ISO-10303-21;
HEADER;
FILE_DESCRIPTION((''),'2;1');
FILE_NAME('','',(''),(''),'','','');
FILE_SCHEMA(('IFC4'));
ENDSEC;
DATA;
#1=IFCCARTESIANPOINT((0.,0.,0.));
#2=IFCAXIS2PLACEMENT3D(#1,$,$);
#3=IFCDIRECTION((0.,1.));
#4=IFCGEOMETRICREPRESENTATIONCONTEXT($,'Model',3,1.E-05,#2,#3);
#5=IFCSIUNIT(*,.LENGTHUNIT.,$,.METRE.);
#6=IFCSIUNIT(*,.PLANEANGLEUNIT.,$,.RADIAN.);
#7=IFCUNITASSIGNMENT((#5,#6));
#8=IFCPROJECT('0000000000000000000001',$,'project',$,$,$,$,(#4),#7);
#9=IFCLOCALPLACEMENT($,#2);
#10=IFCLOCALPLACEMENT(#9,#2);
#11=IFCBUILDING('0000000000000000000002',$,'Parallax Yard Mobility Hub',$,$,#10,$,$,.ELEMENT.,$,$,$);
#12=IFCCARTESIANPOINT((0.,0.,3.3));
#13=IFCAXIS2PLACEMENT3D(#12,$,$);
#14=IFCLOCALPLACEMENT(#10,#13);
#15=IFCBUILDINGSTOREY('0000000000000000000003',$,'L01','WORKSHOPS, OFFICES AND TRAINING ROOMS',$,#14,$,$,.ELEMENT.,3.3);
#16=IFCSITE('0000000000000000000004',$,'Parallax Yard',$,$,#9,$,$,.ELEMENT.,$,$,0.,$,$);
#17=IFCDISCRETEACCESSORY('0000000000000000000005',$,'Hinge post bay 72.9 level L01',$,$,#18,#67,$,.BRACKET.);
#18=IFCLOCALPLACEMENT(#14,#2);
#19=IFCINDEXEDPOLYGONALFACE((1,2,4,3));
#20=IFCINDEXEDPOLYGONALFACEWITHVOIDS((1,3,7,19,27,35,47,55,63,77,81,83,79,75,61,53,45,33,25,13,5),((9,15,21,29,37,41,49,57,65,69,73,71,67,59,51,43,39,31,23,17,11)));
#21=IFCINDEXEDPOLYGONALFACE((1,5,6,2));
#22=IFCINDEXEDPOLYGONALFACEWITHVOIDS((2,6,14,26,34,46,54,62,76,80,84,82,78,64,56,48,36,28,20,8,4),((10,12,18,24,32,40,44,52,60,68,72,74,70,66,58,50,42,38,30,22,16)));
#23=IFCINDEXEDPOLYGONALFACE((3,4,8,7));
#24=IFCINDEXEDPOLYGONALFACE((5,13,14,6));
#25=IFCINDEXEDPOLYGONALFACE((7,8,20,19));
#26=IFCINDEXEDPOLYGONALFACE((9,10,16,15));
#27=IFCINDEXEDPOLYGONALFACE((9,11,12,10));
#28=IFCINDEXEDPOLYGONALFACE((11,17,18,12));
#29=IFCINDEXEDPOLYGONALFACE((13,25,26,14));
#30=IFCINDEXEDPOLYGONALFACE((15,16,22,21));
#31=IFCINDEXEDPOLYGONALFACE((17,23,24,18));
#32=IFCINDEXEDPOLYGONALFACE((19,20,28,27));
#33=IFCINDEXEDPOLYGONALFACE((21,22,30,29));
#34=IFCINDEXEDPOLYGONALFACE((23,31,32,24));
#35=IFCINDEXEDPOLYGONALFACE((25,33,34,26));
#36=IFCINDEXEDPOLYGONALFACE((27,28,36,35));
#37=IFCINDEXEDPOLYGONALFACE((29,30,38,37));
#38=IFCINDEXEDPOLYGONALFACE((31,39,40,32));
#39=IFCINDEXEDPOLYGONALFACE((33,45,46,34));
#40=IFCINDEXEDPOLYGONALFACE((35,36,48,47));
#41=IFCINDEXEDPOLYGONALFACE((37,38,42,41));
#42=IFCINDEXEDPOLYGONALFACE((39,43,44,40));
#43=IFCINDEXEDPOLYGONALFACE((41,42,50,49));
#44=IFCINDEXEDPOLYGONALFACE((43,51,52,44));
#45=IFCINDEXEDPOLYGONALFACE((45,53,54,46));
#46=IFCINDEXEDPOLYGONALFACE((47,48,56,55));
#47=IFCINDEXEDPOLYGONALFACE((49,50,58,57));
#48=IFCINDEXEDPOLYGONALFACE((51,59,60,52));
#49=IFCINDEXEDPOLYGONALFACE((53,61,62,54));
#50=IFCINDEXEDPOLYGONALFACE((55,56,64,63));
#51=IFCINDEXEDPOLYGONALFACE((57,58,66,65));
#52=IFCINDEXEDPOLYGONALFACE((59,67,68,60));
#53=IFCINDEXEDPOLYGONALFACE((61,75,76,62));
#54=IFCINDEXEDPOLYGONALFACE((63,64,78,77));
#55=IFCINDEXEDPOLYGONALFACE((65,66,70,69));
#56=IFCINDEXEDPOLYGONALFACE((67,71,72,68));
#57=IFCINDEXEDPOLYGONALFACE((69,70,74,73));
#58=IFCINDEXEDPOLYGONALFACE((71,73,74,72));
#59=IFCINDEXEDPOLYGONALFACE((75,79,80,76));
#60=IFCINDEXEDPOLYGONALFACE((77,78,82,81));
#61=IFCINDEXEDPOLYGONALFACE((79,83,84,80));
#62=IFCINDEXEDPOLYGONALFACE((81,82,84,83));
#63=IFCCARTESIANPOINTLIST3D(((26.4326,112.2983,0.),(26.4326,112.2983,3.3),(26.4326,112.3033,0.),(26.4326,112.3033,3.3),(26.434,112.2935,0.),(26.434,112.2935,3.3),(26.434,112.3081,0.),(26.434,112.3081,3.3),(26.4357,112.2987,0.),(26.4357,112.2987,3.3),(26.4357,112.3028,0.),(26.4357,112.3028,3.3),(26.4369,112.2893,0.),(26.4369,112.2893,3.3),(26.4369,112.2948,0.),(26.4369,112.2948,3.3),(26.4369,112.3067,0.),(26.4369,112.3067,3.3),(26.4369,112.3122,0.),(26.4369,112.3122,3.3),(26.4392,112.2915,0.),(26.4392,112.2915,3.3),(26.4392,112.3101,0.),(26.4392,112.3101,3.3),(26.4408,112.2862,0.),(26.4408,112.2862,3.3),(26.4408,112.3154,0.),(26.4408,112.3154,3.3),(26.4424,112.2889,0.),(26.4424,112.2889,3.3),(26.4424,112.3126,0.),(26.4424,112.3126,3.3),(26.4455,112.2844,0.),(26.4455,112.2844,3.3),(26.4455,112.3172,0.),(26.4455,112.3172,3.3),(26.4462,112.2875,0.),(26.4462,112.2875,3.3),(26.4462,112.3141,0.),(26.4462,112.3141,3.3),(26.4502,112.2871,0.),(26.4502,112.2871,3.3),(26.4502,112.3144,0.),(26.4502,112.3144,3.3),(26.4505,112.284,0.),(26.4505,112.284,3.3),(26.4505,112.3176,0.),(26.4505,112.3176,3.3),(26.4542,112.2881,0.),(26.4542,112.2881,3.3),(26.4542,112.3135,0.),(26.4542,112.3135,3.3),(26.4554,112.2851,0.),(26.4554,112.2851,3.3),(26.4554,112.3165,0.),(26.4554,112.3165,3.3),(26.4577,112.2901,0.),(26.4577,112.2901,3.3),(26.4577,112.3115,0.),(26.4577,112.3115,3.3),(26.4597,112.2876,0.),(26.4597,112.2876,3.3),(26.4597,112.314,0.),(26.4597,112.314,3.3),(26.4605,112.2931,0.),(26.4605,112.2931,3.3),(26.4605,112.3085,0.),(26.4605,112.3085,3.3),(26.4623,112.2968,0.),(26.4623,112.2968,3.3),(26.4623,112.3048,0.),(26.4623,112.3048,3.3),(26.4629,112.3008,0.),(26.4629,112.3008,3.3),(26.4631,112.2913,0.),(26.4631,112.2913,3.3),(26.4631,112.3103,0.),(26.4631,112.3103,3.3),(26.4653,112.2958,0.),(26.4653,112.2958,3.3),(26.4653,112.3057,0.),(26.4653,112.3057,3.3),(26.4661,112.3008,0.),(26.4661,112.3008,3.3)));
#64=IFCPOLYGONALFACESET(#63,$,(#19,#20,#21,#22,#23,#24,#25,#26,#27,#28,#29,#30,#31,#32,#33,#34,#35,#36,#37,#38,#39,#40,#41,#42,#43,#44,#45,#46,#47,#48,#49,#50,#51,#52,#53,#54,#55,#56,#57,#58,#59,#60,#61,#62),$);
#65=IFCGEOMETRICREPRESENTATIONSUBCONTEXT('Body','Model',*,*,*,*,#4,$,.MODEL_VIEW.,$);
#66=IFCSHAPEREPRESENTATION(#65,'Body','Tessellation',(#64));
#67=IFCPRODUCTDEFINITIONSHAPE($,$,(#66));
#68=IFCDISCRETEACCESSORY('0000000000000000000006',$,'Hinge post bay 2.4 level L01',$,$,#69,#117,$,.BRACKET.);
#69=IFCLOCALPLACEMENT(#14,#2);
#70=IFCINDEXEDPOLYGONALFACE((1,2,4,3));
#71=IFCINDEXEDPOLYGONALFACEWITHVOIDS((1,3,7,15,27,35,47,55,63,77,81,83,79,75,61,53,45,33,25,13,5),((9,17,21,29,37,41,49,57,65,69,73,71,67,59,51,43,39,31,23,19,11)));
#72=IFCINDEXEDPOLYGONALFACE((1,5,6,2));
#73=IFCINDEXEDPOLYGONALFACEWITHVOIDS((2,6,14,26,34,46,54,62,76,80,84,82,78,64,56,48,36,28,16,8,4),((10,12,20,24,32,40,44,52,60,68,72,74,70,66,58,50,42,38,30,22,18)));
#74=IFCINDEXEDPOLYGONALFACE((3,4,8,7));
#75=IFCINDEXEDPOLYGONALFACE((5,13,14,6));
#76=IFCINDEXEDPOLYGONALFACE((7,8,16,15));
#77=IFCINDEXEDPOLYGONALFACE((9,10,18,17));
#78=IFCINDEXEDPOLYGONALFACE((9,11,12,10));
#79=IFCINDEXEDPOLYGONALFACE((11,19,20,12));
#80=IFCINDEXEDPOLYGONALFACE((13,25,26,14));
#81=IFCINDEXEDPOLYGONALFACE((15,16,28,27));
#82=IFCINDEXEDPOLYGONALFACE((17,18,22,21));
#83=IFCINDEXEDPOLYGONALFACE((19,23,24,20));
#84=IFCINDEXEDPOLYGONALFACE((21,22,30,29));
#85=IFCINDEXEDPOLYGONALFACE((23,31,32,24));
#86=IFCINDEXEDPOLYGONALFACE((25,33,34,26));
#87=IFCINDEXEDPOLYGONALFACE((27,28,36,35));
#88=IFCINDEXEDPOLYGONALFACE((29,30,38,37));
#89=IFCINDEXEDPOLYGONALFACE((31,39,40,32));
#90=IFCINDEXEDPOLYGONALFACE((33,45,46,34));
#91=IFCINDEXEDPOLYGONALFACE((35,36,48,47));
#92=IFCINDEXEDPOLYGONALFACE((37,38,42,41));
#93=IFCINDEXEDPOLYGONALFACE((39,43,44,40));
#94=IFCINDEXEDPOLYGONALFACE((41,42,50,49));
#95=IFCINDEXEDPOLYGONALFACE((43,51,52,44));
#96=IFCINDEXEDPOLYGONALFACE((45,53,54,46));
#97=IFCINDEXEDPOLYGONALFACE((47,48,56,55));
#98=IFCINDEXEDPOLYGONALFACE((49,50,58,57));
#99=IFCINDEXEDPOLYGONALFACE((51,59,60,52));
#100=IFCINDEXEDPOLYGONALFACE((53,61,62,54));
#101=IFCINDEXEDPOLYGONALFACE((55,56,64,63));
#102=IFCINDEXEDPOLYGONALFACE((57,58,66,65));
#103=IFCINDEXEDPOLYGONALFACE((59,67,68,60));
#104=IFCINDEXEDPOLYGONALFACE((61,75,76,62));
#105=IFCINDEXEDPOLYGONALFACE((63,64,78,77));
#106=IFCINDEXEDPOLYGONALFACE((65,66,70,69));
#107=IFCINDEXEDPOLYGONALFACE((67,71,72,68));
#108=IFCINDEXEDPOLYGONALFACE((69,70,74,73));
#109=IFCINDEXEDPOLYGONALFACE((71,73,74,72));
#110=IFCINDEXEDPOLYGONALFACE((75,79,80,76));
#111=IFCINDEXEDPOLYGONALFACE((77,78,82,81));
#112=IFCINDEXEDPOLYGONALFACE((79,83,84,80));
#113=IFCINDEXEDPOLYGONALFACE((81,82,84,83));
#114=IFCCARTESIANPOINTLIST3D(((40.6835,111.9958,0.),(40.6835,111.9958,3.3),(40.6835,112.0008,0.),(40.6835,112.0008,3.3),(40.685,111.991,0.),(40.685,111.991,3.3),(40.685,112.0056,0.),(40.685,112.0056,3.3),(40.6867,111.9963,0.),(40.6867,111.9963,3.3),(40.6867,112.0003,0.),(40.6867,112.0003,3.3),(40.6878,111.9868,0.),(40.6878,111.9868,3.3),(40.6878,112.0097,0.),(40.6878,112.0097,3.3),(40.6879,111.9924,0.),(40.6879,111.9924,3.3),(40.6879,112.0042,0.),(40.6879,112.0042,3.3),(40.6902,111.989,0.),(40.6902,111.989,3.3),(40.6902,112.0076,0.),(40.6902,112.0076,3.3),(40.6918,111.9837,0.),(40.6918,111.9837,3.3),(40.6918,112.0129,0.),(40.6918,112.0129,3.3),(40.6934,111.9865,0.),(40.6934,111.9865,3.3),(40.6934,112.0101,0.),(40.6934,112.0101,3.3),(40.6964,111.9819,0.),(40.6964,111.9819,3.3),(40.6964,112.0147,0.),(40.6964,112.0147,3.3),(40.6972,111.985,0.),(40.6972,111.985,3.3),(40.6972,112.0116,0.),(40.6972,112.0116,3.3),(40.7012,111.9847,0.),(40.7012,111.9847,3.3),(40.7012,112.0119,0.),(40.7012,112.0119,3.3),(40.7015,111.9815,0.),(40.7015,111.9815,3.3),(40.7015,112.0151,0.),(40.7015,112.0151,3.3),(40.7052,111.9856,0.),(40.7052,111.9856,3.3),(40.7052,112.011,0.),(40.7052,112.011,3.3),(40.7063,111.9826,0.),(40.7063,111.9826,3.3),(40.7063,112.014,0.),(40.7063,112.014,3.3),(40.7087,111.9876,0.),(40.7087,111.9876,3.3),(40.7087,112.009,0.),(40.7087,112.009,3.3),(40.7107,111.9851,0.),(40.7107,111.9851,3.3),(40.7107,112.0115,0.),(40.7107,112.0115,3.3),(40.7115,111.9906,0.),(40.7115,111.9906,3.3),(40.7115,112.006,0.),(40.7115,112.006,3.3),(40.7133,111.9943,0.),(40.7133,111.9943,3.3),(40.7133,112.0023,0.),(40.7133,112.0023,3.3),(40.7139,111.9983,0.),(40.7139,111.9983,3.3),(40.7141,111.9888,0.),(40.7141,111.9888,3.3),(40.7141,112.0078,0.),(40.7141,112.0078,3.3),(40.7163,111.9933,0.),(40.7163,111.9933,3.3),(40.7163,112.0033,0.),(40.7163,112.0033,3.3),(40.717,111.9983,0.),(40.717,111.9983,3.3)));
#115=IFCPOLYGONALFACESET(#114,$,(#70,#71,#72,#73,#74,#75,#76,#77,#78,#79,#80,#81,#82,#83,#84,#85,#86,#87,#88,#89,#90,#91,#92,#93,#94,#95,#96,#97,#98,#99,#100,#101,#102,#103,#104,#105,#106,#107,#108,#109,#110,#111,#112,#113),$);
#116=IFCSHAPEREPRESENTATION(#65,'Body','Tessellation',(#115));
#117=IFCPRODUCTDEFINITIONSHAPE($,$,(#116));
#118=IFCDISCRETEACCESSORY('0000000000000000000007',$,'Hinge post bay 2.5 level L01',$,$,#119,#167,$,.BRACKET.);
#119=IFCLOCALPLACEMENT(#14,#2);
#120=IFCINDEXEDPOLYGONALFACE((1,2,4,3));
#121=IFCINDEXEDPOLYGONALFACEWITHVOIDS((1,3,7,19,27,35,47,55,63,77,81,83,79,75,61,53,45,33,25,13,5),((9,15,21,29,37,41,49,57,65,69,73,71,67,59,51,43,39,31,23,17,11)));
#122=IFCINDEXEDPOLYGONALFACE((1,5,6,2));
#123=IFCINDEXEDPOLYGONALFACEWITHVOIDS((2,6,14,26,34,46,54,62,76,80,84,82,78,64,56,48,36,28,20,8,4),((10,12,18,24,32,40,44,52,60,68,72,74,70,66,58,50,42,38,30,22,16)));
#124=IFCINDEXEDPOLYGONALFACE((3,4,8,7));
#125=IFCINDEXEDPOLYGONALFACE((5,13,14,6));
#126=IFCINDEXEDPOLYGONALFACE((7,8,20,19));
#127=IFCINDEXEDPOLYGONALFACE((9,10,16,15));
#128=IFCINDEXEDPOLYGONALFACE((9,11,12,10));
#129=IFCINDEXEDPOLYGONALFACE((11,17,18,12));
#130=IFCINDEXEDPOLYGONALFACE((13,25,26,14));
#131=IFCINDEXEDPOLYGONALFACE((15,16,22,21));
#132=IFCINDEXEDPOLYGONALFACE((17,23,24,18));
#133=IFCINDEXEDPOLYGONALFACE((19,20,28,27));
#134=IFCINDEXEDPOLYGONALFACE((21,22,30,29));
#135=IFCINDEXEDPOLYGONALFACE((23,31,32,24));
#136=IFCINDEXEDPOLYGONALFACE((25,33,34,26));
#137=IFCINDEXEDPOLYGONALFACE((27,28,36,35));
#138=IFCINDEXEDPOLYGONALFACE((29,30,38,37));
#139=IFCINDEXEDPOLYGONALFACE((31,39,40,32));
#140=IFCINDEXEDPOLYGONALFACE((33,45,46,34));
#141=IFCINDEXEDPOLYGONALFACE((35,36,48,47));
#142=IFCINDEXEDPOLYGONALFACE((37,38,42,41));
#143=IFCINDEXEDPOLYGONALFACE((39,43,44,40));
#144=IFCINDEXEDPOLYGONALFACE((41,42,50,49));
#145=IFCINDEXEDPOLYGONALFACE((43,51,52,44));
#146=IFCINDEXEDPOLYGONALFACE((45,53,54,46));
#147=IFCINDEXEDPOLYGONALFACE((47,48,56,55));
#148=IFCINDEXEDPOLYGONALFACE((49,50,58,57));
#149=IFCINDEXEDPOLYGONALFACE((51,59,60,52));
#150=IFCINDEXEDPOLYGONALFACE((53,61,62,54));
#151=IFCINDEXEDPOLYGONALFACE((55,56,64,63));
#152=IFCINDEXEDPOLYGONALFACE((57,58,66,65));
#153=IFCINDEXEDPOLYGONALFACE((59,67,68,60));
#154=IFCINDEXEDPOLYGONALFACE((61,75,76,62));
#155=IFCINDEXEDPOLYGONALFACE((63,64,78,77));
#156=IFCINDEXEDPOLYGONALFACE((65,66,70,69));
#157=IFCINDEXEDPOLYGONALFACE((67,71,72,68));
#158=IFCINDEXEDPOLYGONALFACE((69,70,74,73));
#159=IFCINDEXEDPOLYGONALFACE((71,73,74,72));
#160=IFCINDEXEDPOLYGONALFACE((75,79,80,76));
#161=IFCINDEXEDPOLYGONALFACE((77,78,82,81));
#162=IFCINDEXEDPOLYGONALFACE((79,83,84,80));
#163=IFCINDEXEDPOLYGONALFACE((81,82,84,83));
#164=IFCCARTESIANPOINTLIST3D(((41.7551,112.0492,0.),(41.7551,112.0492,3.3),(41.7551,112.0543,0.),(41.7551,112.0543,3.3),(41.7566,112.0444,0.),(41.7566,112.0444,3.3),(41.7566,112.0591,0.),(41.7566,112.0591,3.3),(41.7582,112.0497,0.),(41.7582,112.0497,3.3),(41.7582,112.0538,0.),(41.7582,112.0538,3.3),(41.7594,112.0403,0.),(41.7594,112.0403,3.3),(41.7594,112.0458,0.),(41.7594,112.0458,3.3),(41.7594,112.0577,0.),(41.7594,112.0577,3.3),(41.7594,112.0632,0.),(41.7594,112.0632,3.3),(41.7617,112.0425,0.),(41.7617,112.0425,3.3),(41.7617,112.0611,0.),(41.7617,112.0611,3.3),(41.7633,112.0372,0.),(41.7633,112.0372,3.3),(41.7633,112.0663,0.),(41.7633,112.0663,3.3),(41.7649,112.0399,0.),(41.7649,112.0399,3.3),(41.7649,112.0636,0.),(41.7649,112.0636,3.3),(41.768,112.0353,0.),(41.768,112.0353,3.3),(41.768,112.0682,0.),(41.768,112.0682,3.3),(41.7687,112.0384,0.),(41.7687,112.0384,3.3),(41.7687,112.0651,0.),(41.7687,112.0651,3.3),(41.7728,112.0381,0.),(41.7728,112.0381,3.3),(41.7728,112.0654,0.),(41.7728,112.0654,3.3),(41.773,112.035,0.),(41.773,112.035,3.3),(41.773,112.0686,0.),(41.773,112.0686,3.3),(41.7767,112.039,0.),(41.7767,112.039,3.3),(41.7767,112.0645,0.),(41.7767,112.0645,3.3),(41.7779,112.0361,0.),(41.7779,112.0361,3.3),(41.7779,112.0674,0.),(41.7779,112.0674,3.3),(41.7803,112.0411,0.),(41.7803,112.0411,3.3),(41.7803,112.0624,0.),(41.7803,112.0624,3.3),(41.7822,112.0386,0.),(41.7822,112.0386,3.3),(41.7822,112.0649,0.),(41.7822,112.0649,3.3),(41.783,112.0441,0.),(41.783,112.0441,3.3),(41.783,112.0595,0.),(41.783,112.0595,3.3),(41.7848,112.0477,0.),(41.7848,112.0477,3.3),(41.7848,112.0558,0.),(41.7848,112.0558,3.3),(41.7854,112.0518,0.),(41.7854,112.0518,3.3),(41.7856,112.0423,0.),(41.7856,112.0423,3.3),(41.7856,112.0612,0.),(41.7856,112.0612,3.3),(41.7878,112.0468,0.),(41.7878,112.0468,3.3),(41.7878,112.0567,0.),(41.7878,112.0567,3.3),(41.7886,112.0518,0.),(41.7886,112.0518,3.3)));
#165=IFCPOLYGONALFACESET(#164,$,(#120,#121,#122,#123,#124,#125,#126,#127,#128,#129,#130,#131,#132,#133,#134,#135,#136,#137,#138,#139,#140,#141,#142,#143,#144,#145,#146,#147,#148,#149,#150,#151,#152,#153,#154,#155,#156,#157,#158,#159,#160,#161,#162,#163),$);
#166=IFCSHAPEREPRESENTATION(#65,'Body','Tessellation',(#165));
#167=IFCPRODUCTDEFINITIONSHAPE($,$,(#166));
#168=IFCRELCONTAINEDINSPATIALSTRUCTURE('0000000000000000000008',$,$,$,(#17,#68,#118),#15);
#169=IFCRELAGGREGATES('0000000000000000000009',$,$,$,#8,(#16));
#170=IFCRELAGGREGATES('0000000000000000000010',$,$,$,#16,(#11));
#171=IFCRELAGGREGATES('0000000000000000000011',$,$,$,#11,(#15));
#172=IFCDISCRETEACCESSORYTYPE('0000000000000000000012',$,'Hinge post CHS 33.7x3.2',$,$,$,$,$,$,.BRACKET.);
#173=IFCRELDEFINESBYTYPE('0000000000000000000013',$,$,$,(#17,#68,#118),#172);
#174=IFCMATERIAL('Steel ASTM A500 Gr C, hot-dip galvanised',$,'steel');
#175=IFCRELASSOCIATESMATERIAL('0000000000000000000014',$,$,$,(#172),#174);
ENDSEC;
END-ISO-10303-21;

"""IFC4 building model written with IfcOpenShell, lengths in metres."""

from ifc_helpers import new_model, si_unit, direction, frame, origin, origin_2d, place, context, subcontext, project, spatial, hollow_circle, extrude, material, material_profile, profile_set, type_object, element, save


model = new_model("IFC4")

# Units and contexts
model_context = context("Model", 3, precision=1e-05, world=origin(), true_north=direction((0.0, 1.0)))
body_context = subcontext(model_context, "Body", "Model", "MODEL_VIEW")
ifc_project = project(units=[si_unit("LENGTHUNIT", "METRE"), si_unit("PLANEANGLEUNIT", "RADIAN")], contexts=[model_context])

# Site, building, storey
site_placement = place(None, origin())
site = spatial("IfcSite", under=ifc_project, at=site_placement, Name="Parallax Yard", CompositionType="ELEMENT", RefElevation=0.0)
building_placement = place(site_placement, origin())
building = spatial("IfcBuilding", under=site, at=building_placement, Name="Parallax Yard Mobility Hub", CompositionType="ELEMENT")
storey_placement = place(building_placement, frame((0.0, 0.0, 3.3)))
storey = spatial("IfcBuildingStorey", under=building, at=storey_placement, Name="L01", Description="WORKSHOPS, OFFICES AND TRAINING ROOMS", CompositionType="ELEMENT", Elevation=3.3)

# Discrete accessories
ifc_material_1 = material(Name="Steel ASTM A500 Gr C, hot-dip galvanised", Category="steel")
ifc_material_profile_1 = material_profile(ifc_material_1, hollow_circle(Radius=0.0168, WallThickness=0.0032, at=origin_2d()), Name="CHS 33.7x3.2")
ifc_profile_set_1 = profile_set([ifc_material_profile_1], Name="Steel ASTM A500 Gr C, hot-dip galvanised")
discrete_accessory_type_1 = type_object("IfcDiscreteAccessoryType", Name="Hinge post CHS 33.7x3.2", PredefinedType="BRACKET", material=ifc_profile_set_1)
for number, where, z_axis, x_axis, name in (
    (1, (26.4492, 112.3008, 0.0), (0.0, 0.0, 1.0), (1.0, 0.0, 0.0), "Hinge post bay 72.9 level L01"),
    (2, (40.7002, 111.9983, 0.0), (0.0, 0.0, 1.0), (1.0, 0.0, 0.0), "Hinge post bay 2.4 level L01"),
    (3, (41.7717, 112.0518, 0.0), (0.0, 0.0, 1.0), (1.0, 0.0, 0.0), "Hinge post bay 2.5 level L01"),
):
    element("IfcDiscreteAccessory", number, at=place(storey_placement, frame(where, z_axis=z_axis, x_axis=x_axis)), inside=storey, type_object=discrete_accessory_type_1, Name=name, PredefinedType="BRACKET", context=body_context, shape_type="SweptSolid", body=[
        extrude(hollow_circle(Radius=0.0168, WallThickness=0.0032, at=origin_2d()), origin(), (0.0, 0.0, 1.0), 3.3),
    ])

save(model, "model.ifc")
